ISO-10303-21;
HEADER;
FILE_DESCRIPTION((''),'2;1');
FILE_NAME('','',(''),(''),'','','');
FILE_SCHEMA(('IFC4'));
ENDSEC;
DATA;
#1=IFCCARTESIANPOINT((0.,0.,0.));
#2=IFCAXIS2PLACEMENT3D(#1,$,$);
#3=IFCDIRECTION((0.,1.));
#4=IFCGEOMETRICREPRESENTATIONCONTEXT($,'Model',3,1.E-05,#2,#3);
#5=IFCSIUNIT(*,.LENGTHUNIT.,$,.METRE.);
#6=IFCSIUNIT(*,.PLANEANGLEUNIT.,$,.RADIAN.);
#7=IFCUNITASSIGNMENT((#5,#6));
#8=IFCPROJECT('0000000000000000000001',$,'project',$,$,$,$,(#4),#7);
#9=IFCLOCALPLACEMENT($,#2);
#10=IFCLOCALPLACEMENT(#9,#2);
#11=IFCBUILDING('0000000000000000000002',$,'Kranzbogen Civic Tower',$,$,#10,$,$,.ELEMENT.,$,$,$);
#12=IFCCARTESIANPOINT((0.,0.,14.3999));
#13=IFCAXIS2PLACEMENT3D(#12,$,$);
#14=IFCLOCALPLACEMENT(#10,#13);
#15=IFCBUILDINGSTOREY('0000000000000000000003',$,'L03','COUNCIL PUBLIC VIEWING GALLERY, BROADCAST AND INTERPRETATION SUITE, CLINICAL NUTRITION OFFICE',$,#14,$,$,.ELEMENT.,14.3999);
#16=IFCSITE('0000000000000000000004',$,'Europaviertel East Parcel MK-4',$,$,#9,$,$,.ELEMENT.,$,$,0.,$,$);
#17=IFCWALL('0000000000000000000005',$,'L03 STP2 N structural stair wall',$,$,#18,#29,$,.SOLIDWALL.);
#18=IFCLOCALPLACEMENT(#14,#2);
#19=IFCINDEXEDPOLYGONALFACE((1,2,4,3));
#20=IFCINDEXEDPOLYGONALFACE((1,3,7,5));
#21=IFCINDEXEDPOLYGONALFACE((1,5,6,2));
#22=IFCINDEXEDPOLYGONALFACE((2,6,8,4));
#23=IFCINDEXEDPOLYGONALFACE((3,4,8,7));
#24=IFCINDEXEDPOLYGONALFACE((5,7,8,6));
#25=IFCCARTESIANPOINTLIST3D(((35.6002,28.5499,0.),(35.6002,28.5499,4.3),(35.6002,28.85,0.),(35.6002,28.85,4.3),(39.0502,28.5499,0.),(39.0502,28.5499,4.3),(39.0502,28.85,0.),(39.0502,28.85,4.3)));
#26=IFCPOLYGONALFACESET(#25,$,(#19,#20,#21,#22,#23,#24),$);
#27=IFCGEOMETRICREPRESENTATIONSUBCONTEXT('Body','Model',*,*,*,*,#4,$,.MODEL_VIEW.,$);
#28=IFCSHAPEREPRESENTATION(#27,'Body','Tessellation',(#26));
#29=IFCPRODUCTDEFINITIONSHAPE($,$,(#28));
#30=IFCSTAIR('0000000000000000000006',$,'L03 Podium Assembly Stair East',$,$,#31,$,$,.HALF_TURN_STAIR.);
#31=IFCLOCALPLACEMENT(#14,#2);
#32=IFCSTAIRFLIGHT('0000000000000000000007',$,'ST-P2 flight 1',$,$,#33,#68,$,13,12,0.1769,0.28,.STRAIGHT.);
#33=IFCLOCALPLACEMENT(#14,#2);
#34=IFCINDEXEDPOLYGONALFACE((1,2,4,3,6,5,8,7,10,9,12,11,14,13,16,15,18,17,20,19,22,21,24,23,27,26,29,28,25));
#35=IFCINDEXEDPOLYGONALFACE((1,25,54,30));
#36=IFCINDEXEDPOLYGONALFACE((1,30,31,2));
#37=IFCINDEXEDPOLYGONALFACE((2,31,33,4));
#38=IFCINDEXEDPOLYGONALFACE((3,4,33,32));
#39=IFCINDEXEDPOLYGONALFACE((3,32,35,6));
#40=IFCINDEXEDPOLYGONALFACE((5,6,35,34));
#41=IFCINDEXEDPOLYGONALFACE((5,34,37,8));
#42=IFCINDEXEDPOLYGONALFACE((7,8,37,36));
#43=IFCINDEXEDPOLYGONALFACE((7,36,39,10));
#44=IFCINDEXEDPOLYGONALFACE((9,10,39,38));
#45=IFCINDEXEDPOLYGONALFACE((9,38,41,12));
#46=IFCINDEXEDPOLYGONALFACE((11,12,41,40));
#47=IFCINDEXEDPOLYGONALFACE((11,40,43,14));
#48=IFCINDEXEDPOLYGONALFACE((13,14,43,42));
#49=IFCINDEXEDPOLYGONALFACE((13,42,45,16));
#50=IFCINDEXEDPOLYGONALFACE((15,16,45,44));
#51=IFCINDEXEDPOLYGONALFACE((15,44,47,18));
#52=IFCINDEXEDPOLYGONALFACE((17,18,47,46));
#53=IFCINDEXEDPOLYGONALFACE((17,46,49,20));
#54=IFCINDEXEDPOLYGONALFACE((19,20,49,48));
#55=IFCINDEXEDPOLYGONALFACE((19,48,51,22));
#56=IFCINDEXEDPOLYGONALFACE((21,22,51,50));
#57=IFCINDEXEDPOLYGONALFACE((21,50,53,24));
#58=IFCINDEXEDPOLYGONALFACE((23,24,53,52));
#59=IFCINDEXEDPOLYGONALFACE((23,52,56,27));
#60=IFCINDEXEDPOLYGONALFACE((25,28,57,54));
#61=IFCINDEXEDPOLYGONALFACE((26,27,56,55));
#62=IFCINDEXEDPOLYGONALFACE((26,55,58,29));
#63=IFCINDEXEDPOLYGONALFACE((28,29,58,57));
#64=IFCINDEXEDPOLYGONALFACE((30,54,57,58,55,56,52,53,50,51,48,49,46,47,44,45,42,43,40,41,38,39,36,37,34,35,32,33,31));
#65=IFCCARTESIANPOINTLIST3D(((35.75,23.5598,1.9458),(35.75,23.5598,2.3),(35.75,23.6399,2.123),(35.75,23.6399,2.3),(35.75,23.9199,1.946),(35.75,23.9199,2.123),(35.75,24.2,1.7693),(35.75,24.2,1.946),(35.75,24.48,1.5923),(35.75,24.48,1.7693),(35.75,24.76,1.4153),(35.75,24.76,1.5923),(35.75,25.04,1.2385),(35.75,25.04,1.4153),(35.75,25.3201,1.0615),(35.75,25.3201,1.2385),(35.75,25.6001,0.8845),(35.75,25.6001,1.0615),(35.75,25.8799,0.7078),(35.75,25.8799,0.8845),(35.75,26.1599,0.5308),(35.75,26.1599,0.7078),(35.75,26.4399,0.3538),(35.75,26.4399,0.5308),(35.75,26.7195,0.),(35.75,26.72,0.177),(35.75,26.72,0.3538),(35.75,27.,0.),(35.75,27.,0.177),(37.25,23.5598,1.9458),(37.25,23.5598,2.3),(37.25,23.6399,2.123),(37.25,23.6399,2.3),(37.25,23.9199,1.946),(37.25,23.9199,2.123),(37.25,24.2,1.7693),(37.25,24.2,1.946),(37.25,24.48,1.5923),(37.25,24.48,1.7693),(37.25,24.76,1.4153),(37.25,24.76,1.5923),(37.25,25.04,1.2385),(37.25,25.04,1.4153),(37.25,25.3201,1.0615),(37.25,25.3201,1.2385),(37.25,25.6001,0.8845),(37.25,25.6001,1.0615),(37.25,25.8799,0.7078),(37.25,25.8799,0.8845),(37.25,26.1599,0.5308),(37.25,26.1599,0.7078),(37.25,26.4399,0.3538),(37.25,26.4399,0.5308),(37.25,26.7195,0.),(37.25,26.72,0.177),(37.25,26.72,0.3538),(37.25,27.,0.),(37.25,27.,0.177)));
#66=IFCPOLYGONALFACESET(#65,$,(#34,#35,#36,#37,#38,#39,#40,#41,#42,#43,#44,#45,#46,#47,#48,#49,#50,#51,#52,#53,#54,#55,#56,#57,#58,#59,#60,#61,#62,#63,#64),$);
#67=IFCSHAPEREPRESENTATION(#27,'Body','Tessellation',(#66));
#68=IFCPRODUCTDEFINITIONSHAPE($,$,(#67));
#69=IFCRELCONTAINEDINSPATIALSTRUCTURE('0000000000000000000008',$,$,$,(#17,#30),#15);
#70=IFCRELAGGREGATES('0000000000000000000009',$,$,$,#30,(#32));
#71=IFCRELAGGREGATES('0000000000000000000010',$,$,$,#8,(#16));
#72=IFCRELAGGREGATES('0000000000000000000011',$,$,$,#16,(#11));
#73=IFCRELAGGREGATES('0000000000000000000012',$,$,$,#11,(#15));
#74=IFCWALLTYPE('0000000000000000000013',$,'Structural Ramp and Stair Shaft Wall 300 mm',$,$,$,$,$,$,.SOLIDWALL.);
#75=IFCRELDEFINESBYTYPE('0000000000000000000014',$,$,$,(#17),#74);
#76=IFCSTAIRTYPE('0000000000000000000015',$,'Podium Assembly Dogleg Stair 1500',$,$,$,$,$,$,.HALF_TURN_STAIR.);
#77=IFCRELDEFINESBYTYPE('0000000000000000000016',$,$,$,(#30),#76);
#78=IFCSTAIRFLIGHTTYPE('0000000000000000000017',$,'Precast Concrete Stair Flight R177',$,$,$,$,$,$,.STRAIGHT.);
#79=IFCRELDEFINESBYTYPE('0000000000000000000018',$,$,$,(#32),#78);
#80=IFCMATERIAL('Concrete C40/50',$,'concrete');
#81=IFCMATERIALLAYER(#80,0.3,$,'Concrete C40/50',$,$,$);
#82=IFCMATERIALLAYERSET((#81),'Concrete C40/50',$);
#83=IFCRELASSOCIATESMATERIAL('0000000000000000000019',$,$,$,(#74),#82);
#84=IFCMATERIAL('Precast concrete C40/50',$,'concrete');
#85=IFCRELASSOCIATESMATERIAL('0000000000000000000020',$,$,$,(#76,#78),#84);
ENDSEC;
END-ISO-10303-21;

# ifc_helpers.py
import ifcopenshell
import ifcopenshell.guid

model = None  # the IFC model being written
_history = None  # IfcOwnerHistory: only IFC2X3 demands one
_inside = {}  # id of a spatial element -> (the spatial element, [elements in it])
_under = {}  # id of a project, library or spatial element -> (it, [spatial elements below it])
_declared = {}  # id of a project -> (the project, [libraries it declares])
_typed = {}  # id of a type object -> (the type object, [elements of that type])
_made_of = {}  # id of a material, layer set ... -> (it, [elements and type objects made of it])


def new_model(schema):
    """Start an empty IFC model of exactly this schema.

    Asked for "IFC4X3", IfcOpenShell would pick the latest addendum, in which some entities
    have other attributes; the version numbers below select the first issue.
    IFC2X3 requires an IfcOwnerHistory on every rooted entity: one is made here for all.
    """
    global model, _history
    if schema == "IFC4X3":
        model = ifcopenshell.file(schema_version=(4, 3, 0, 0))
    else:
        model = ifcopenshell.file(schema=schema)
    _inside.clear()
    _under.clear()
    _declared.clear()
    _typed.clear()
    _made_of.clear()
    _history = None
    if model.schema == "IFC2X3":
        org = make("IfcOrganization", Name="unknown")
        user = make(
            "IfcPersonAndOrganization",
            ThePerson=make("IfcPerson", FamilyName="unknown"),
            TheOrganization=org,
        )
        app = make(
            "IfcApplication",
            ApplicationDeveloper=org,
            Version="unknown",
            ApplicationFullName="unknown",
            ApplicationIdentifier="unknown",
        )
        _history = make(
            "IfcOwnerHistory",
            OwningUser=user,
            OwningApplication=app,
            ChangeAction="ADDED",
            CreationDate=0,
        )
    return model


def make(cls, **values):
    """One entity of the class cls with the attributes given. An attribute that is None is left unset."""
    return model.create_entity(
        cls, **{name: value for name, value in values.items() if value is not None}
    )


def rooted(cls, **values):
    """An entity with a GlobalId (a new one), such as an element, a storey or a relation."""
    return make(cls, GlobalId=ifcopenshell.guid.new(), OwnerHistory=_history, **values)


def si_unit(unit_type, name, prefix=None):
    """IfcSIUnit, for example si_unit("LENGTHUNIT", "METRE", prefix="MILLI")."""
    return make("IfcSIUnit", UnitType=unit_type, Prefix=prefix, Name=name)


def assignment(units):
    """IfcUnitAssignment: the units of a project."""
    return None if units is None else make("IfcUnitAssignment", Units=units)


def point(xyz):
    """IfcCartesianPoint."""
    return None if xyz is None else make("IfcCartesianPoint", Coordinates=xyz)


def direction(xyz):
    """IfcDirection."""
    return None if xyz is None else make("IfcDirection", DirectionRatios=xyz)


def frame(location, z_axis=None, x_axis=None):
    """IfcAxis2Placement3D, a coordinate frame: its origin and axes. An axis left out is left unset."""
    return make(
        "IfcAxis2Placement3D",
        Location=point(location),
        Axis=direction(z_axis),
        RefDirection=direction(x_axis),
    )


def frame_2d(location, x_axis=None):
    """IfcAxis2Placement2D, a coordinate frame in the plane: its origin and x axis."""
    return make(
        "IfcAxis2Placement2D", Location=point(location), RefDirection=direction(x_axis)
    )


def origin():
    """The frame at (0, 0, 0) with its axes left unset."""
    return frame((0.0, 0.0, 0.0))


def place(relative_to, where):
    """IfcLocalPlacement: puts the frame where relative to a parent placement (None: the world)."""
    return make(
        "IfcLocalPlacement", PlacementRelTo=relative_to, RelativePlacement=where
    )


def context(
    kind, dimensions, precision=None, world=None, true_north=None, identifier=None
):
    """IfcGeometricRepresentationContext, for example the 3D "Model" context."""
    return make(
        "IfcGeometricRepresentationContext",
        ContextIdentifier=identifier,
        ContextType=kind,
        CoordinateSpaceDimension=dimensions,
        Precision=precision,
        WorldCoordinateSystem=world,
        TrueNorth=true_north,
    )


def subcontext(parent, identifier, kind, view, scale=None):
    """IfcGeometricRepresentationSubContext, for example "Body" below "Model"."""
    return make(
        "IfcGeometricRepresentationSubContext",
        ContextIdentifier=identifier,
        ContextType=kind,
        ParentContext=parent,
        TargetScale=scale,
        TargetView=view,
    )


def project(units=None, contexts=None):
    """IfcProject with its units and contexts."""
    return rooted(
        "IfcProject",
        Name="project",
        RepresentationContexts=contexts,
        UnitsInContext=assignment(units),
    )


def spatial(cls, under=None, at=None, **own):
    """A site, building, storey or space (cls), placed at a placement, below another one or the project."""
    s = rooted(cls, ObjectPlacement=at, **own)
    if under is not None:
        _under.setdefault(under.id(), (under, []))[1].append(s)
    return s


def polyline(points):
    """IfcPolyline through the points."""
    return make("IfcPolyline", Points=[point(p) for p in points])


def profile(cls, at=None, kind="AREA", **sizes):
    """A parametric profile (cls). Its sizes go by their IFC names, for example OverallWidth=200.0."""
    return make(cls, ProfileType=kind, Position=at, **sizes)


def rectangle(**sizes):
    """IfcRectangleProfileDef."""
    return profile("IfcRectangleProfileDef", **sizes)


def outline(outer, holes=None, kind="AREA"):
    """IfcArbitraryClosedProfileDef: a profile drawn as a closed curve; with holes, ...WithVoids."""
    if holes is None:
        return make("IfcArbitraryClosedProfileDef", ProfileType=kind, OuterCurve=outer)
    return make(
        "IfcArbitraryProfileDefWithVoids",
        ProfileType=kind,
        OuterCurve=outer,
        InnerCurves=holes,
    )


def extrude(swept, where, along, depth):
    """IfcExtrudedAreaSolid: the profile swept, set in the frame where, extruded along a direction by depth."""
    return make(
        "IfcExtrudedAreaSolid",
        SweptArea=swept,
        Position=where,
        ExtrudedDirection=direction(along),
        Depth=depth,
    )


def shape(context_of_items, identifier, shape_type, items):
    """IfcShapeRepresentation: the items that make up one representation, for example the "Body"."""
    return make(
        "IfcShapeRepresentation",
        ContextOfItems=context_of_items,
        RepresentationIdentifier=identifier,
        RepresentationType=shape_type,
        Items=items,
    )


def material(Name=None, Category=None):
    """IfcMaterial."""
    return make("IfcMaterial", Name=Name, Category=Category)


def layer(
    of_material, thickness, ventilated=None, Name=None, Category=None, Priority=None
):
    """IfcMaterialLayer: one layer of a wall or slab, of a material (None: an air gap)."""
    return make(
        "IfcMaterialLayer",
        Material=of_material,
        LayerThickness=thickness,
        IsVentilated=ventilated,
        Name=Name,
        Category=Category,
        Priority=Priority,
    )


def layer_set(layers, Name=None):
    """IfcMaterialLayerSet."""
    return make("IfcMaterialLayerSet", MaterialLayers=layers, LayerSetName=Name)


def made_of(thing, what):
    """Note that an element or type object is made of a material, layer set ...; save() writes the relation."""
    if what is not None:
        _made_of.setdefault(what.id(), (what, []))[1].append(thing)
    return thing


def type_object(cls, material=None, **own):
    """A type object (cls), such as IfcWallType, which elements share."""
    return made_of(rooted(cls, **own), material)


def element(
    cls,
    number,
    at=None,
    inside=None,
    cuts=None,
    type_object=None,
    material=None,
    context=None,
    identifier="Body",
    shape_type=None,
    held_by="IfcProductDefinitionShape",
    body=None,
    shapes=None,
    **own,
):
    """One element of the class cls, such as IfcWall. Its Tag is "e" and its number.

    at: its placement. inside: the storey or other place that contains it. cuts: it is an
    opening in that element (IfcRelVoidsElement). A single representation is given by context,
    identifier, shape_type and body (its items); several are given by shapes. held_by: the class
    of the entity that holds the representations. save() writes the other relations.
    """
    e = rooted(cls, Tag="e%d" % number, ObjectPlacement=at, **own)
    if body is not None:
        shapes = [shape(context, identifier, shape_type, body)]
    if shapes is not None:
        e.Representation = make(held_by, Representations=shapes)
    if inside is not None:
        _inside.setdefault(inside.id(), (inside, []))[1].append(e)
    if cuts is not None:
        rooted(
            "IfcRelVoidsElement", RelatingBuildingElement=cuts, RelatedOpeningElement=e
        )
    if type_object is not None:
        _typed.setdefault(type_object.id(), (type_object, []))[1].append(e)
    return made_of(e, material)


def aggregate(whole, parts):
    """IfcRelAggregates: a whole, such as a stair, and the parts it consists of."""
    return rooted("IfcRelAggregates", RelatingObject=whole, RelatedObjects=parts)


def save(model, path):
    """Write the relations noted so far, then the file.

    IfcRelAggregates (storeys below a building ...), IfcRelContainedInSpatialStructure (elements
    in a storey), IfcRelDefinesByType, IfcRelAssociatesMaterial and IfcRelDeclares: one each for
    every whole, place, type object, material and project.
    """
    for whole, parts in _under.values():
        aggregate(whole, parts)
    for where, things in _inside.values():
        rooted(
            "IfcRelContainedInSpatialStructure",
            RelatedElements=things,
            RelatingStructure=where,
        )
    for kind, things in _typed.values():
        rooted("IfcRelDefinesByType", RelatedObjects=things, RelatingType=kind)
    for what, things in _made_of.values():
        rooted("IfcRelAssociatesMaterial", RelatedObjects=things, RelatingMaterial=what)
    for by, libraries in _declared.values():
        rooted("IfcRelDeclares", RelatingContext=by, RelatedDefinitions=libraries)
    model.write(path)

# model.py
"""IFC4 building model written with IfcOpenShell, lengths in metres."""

from ifc_helpers import new_model, si_unit, direction, frame, frame_2d, origin, place, context, subcontext, project, spatial, polyline, rectangle, outline, extrude, material, layer, layer_set, type_object, element, aggregate, save


model = new_model("IFC4")

# Units and contexts
model_context = context("Model", 3, precision=1e-05, world=origin(), true_north=direction((0.0, 1.0)))
body_context = subcontext(model_context, "Body", "Model", "MODEL_VIEW")
ifc_project = project(units=[si_unit("LENGTHUNIT", "METRE"), si_unit("PLANEANGLEUNIT", "RADIAN")], contexts=[model_context])

# Site, building, storey
site_placement = place(None, origin())
site = spatial("IfcSite", under=ifc_project, at=site_placement, Name="Europaviertel East Parcel MK-4", CompositionType="ELEMENT", RefElevation=0.0)
building_placement = place(site_placement, origin())
building = spatial("IfcBuilding", under=site, at=building_placement, Name="Kranzbogen Civic Tower", CompositionType="ELEMENT")
storey_placement = place(building_placement, frame((0.0, 0.0, 14.3999)))
storey = spatial("IfcBuildingStorey", under=building, at=storey_placement, Name="L03", Description="COUNCIL PUBLIC VIEWING GALLERY, BROADCAST AND INTERPRETATION SUITE, CLINICAL NUTRITION OFFICE", CompositionType="ELEMENT", Elevation=14.3999)

# Shared definitions
ifc_material_1 = material(Name="Concrete C40/50", Category="concrete")

# Wall
ifc_layer_1 = layer(ifc_material_1, 0.3, Name="Concrete C40/50")
ifc_layer_set_1 = layer_set([ifc_layer_1], Name="Concrete C40/50")
wall_type_1 = type_object("IfcWallType", Name="Structural Ramp and Stair Shaft Wall 300 mm", PredefinedType="SOLIDWALL", material=ifc_layer_set_1)
wall_1_placement = place(storey_placement, frame((35.6001, 28.7, 0.0), z_axis=(0.0, 0.0, 1.0), x_axis=(1.0, 0.0, 0.0)))
element("IfcWall", 1, at=wall_1_placement, inside=storey, type_object=wall_type_1, Name="L03 STP2 N structural stair wall", PredefinedType="SOLIDWALL", context=body_context, shape_type="SweptSolid", body=[
    extrude(rectangle(XDim=3.45, YDim=0.3, at=frame_2d((1.7251, 0.0))), origin(), (0.0, 0.0, 1.0), 4.3),
])

# Stair, stair flight
ifc_material_2 = material(Name="Precast concrete C40/50", Category="concrete")
stair_type = type_object("IfcStairType", Name="Podium Assembly Dogleg Stair 1500", PredefinedType="HALF_TURN_STAIR", material=ifc_material_2)
stair_placement = place(storey_placement, origin())
stair = element("IfcStair", 2, at=stair_placement, inside=storey, type_object=stair_type, Name="L03 Podium Assembly Stair East", PredefinedType="HALF_TURN_STAIR")
stair_flight_type = type_object("IfcStairFlightType", Name="Precast Concrete Stair Flight R177", PredefinedType="STRAIGHT", material=ifc_material_2)
stair_flight_placement = place(storey_placement, frame((36.5, 27.0, 0.0), z_axis=(0.0, 0.0, 1.0), x_axis=(0.0, -1.0, 0.0)))
stair_flight = element("IfcStairFlight", 3, at=stair_flight_placement, type_object=stair_flight_type, Name="ST-P2 flight 1", NumberOfRisers=13, NumberOfTreads=12, PredefinedType="STRAIGHT", RiserHeight=0.1769, TreadLength=0.28, context=body_context, shape_type="SweptSolid", body=[
    extrude(outline(polyline([(0.0, 0.0), (0.0, 0.177), (0.28, 0.177), (0.28, 0.3538), (0.5601, 0.3538), (0.5601, 0.5308), (0.8401, 0.5308), (0.8401, 0.7078), (1.1201, 0.7078), (1.1201, 0.8845), (1.3999, 0.8845), (1.3999, 1.0615), (1.6799, 1.0615), (1.6799, 1.2385), (1.96, 1.2385), (1.96, 1.4153), (2.24, 1.4153), (2.24, 1.5923), (2.52, 1.5923), (2.52, 1.7693), (2.8, 1.7693), (2.8, 1.946), (3.0801, 1.946), (3.0801, 2.123), (3.3601, 2.123), (3.3601, 2.3), (3.4402, 2.3), (3.4402, 1.9458), (0.2805, 0.0), (0.0, 0.0)])), frame((0.0, 0.75, 0.0), z_axis=(0.0, -1.0, 0.0), x_axis=(1.0, 0.0, 0.0)), (0.0, 0.0, 1.0), 1.5),
])
aggregate(stair, [stair_flight])

save(model, "model.ifc")
